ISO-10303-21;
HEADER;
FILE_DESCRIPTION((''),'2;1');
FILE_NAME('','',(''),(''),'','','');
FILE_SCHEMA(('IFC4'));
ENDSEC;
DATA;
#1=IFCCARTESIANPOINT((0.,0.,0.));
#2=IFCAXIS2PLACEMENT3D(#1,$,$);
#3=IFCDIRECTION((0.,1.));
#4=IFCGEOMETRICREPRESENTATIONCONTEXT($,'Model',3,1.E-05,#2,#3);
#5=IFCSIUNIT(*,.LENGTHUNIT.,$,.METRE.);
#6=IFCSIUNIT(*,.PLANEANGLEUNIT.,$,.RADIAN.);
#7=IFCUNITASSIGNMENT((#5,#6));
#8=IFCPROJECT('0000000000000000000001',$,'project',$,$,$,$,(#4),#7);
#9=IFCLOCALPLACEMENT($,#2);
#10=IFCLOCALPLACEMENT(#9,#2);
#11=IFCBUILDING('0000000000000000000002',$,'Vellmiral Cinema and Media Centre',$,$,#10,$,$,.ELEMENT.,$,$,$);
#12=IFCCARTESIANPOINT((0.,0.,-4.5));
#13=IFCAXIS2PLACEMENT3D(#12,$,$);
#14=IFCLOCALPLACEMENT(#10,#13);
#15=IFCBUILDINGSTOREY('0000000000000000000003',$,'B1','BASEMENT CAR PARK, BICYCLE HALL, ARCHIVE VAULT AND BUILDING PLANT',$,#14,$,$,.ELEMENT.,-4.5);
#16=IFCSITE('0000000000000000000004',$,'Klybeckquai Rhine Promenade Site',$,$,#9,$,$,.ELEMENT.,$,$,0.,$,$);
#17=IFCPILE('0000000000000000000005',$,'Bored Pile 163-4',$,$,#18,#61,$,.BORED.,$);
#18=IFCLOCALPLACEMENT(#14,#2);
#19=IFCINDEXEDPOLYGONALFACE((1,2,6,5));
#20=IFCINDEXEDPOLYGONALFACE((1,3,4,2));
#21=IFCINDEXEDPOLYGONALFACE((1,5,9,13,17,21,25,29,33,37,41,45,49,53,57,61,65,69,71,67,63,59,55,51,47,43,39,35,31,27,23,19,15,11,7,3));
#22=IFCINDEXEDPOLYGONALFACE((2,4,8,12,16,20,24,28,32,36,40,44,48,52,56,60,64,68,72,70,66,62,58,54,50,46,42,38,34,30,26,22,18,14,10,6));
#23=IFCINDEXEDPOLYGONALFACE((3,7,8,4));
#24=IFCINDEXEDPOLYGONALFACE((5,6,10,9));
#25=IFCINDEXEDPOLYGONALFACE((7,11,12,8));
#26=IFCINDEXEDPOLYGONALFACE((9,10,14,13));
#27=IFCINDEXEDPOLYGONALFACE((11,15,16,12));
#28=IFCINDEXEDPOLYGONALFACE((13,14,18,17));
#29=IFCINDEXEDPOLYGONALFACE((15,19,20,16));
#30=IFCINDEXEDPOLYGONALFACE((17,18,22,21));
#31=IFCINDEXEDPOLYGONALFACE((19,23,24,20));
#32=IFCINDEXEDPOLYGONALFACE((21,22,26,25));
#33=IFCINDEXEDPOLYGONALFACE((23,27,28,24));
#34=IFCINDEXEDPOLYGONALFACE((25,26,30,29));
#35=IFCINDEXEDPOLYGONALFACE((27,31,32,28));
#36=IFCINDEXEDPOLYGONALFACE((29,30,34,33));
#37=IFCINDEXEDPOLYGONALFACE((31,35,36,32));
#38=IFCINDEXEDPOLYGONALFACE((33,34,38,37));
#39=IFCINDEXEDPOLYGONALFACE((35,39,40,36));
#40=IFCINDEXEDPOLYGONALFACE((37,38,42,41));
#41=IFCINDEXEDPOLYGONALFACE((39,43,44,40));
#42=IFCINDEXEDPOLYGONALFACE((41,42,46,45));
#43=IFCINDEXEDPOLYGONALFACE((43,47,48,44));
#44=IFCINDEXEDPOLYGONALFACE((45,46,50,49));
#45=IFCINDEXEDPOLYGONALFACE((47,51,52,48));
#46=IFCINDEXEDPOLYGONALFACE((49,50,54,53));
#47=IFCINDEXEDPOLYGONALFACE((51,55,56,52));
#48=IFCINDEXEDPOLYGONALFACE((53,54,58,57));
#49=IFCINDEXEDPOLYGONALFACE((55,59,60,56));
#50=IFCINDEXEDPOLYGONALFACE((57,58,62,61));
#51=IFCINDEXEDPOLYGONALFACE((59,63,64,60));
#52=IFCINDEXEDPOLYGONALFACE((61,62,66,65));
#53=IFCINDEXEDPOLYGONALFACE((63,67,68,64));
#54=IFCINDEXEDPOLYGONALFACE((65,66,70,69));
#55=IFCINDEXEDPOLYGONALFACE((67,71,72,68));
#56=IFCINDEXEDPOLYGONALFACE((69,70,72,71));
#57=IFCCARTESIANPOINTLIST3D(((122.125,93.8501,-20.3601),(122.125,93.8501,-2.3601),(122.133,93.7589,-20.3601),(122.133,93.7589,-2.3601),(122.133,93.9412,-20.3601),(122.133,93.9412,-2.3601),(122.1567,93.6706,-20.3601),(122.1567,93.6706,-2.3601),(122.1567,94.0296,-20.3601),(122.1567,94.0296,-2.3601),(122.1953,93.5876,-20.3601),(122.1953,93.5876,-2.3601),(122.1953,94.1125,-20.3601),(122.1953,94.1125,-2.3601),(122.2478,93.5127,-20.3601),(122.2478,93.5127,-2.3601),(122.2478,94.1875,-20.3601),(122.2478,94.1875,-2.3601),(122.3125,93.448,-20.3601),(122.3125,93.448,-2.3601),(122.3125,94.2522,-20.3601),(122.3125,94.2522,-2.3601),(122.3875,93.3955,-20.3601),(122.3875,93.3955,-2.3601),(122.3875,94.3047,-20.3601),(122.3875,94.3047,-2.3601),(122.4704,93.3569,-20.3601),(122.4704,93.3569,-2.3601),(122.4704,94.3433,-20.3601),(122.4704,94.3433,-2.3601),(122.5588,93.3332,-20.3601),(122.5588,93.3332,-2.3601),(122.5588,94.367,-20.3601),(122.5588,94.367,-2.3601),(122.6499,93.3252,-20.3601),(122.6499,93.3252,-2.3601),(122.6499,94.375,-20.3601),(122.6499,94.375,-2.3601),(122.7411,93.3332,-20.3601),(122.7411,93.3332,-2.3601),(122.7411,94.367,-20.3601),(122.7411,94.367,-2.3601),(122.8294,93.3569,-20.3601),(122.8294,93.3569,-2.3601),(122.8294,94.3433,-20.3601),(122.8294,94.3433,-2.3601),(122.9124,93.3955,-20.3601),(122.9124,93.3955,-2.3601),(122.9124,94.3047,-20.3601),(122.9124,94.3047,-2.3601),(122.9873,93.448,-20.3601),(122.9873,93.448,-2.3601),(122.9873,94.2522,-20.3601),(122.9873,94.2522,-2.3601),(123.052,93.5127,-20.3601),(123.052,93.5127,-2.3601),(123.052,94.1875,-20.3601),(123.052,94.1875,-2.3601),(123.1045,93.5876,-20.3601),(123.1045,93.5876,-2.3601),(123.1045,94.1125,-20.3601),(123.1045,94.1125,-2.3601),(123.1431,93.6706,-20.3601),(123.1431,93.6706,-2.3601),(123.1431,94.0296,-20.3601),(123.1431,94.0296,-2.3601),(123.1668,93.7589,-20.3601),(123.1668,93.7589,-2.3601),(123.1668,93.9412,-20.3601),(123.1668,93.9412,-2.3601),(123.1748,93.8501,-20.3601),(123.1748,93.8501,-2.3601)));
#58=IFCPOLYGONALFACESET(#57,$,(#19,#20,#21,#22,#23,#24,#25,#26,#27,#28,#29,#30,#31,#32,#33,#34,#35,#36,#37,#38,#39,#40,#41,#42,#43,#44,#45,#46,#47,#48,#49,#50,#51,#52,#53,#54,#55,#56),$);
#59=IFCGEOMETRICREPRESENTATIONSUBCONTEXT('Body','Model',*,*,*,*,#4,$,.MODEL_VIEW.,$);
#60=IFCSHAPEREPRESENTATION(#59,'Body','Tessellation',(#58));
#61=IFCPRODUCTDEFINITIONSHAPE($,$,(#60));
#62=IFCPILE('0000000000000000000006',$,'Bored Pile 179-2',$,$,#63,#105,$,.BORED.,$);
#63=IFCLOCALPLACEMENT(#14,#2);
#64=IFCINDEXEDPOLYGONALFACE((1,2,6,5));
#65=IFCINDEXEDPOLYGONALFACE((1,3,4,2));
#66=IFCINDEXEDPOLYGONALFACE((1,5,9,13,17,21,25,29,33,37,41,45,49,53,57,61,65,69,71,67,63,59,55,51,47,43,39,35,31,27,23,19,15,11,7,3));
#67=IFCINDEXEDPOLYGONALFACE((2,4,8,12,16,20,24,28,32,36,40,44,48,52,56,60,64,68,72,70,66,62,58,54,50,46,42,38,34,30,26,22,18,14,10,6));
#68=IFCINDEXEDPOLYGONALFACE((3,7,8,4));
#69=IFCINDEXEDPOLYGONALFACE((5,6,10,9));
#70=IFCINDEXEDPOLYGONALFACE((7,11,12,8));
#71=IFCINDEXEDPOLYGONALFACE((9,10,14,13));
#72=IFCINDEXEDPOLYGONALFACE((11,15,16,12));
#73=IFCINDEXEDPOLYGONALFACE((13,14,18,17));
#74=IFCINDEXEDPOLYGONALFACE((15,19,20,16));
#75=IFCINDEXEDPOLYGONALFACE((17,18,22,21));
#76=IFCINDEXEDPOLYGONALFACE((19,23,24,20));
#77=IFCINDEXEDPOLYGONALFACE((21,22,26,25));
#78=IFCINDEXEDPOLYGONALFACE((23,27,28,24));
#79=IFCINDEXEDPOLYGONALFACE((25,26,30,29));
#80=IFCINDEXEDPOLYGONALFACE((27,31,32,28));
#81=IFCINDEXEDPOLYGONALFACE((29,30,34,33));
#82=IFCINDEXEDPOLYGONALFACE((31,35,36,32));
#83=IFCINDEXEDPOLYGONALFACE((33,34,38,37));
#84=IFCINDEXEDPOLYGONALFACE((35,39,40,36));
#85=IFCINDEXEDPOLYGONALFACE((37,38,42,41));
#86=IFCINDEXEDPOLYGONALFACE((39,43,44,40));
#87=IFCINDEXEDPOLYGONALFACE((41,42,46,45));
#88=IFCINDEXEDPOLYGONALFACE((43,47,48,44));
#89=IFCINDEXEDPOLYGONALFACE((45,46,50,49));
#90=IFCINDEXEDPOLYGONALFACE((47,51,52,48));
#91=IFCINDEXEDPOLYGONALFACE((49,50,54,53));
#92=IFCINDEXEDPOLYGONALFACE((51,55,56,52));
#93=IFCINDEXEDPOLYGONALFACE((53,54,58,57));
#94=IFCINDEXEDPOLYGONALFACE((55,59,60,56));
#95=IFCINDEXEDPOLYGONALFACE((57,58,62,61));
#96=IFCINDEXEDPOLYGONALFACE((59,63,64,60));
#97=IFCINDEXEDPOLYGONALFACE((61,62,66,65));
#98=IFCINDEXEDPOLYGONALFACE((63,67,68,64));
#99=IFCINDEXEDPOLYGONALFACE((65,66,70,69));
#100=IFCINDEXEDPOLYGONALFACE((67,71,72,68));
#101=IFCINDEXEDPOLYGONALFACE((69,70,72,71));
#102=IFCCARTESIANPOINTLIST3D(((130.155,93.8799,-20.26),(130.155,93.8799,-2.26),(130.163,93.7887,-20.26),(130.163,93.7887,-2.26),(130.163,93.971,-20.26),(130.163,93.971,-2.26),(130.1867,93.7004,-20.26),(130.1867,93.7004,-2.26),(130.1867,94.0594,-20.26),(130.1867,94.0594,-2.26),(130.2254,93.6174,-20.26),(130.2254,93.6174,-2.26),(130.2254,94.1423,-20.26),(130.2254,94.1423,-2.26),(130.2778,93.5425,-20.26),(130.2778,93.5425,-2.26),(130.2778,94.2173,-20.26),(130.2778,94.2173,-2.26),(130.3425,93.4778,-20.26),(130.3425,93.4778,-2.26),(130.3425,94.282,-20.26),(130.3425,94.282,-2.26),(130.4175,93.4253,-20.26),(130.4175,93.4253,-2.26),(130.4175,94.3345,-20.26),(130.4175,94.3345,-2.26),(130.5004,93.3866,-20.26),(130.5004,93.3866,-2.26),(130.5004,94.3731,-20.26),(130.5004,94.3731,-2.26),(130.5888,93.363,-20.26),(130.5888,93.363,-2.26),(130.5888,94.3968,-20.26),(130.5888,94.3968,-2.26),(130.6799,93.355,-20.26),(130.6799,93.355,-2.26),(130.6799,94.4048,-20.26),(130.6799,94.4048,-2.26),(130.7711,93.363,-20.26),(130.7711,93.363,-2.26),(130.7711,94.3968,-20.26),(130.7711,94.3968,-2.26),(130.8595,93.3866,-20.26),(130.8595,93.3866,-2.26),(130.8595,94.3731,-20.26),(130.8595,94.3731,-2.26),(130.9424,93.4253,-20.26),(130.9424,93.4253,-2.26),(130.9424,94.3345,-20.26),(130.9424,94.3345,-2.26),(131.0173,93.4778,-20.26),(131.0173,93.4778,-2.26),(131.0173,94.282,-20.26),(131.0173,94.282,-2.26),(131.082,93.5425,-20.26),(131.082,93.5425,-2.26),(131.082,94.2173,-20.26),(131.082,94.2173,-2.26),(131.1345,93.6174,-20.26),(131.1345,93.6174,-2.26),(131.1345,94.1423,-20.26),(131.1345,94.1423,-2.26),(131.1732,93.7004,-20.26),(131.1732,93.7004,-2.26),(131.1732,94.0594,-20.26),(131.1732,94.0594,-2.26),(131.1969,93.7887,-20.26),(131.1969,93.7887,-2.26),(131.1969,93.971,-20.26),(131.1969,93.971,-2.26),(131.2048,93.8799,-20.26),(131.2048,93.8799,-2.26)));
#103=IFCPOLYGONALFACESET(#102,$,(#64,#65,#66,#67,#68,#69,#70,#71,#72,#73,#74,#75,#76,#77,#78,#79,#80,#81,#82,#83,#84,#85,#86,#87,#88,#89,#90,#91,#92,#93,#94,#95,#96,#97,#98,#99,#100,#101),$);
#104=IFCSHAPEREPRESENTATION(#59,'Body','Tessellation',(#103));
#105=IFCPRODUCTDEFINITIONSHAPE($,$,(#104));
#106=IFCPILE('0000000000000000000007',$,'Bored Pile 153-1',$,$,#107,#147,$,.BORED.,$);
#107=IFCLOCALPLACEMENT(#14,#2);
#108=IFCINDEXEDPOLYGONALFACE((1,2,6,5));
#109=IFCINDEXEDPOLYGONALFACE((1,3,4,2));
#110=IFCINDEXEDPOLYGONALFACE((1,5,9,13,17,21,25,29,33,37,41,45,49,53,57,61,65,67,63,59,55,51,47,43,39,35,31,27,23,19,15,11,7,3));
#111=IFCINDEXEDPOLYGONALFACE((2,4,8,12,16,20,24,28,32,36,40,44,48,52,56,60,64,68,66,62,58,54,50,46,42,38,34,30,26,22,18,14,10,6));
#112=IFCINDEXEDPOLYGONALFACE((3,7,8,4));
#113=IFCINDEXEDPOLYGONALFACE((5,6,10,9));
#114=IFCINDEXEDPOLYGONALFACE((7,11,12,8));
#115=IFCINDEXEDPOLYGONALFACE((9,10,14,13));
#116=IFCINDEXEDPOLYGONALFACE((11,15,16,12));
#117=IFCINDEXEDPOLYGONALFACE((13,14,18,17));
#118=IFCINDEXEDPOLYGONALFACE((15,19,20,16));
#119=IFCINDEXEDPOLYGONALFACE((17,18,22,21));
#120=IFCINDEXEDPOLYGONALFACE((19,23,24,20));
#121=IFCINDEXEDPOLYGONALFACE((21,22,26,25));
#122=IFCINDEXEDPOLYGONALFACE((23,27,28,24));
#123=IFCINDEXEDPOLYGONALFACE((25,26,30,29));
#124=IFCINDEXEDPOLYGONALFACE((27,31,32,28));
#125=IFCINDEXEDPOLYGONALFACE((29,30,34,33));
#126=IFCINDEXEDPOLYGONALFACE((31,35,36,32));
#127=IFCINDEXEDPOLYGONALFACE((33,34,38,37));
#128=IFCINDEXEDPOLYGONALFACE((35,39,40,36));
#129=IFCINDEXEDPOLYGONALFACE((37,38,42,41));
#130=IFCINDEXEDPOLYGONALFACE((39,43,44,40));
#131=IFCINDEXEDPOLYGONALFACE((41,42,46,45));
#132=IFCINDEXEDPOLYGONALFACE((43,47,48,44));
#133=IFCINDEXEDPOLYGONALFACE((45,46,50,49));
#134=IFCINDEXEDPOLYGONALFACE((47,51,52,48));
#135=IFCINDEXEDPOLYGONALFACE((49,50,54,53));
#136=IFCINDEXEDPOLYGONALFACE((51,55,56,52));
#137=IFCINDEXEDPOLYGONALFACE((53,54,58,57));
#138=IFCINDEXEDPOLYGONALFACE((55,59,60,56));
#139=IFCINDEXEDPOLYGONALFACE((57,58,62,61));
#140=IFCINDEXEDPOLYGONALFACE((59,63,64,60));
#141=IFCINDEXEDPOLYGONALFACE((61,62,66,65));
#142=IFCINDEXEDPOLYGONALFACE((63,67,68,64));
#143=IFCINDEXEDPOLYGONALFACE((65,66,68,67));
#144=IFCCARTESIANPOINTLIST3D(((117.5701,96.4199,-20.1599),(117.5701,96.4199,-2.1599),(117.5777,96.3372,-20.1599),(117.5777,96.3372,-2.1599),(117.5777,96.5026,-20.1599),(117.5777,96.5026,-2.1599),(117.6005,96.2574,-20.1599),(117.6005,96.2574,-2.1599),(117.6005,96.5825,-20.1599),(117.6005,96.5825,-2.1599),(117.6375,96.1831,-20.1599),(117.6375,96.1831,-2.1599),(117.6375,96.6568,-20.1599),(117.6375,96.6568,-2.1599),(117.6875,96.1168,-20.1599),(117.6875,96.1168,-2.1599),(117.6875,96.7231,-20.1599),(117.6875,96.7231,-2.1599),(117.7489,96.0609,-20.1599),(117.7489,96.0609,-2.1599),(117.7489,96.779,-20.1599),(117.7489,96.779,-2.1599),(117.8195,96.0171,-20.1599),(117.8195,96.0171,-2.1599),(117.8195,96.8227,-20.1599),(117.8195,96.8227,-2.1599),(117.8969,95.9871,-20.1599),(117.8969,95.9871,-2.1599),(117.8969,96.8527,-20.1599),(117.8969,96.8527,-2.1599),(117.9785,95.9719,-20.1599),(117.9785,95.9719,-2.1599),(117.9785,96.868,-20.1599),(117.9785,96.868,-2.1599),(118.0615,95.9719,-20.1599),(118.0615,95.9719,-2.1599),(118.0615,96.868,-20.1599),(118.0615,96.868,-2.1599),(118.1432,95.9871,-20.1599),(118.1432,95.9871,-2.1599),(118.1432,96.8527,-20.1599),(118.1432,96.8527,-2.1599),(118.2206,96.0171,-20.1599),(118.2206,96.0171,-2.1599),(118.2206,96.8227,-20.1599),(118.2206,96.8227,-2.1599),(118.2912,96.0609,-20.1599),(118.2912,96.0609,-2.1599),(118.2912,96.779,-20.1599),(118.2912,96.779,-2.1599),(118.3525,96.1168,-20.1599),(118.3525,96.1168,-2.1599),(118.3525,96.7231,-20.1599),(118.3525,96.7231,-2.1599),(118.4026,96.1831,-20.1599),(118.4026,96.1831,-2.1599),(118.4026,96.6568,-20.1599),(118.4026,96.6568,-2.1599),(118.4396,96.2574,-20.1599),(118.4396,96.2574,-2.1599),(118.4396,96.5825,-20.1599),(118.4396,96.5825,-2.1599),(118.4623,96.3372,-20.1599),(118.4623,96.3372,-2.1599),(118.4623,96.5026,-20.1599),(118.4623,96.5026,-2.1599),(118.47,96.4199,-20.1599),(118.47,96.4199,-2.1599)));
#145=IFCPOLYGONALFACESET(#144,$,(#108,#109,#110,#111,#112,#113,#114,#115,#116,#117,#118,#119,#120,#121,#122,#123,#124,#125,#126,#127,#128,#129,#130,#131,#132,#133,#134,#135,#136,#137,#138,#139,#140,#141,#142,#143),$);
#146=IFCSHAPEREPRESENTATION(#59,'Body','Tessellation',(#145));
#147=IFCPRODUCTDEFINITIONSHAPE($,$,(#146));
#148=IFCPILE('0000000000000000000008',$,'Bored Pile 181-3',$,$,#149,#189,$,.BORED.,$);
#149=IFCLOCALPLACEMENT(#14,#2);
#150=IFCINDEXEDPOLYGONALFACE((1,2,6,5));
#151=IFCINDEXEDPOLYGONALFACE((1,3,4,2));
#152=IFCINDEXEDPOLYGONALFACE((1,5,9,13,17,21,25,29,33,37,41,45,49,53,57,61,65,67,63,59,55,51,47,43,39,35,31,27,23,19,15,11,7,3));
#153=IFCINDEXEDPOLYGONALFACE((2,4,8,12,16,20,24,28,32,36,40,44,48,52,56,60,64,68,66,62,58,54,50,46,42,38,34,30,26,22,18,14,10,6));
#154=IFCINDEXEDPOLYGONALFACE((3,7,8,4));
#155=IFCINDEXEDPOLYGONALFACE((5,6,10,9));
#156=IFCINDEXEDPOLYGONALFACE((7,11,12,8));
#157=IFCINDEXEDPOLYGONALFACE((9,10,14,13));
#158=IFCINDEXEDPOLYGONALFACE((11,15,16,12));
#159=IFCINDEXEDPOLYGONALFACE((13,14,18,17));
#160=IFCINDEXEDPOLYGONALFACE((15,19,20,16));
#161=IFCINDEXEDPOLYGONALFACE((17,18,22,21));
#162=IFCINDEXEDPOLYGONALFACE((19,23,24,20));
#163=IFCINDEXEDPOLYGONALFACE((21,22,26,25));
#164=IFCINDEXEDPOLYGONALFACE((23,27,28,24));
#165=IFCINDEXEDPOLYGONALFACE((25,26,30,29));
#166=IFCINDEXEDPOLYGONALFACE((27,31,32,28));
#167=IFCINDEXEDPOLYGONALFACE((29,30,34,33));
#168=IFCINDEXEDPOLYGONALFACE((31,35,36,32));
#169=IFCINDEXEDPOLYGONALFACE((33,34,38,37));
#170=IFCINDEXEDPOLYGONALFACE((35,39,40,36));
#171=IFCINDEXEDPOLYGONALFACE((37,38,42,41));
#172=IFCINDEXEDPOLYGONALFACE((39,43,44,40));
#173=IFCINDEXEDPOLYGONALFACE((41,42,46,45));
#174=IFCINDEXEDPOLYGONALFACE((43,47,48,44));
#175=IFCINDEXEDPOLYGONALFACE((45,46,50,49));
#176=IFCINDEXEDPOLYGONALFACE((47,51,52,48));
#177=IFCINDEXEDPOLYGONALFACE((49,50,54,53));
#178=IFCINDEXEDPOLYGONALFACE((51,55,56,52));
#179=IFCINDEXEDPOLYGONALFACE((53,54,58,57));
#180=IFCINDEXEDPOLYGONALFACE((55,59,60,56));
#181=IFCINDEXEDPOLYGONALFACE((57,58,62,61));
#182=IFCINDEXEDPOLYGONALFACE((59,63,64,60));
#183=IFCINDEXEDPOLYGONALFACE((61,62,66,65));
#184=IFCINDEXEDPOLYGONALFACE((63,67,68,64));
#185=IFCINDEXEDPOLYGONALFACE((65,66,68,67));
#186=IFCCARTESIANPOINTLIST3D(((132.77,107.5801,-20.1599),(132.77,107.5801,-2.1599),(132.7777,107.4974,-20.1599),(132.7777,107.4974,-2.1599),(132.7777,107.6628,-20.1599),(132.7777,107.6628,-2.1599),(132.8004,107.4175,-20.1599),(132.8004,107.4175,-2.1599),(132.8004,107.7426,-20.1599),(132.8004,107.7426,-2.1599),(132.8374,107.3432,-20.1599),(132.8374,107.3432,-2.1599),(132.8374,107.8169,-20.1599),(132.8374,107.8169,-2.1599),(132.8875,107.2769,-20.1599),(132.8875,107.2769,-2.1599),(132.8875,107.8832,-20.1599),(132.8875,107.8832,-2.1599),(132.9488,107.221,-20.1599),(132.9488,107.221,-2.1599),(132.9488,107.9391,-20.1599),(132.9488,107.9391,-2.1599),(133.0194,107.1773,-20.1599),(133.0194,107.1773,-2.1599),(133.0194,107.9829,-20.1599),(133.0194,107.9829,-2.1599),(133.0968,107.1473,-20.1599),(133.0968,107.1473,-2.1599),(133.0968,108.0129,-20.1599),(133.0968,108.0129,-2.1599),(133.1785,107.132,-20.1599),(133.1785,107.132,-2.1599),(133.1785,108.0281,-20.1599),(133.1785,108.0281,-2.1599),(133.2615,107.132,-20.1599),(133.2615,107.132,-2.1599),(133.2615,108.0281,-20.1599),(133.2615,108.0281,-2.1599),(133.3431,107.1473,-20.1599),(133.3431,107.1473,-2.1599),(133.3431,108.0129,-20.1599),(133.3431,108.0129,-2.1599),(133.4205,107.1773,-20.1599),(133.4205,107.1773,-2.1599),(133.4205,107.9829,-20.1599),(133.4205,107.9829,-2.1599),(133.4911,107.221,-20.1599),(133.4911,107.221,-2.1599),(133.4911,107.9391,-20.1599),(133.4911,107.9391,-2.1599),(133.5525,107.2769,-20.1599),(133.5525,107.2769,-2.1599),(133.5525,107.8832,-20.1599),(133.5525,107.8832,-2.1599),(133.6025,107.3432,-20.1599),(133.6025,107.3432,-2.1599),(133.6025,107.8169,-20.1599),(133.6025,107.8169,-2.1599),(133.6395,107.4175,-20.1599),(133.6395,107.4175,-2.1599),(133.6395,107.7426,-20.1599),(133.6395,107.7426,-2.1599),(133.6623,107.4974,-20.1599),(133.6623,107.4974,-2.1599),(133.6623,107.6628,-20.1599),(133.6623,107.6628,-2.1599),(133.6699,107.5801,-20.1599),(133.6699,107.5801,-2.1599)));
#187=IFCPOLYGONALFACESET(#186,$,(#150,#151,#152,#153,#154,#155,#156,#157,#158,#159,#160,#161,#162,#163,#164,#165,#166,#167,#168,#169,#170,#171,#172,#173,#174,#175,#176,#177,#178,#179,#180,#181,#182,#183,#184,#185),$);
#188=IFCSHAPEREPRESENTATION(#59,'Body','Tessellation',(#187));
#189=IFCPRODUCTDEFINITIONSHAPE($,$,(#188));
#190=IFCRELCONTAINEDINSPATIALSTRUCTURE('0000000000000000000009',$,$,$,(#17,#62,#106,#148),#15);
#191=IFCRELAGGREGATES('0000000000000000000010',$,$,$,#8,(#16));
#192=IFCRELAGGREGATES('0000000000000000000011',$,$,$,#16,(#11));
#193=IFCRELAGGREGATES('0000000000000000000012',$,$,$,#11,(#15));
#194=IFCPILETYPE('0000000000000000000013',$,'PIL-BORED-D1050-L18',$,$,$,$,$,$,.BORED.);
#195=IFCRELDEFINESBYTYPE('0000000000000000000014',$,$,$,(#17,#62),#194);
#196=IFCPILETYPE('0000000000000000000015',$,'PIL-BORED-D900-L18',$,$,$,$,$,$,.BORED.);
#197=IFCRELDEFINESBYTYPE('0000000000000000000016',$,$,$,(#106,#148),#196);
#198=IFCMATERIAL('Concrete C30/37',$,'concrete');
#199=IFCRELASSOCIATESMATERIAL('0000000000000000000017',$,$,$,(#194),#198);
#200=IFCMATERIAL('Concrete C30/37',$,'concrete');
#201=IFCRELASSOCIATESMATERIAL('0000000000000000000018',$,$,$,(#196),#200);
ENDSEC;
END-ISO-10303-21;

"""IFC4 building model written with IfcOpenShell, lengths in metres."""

from ifc_helpers import new_model, si_unit, direction, frame, origin, origin_2d, place, context, subcontext, project, spatial, circle, extrude, material, material_profile, profile_set, type_object, element, save


model = new_model("IFC4")

# Units and contexts
model_context = context("Model", 3, precision=1e-05, world=origin(), true_north=direction((0.0, 1.0)))
body_context = subcontext(model_context, "Body", "Model", "MODEL_VIEW")
ifc_project = project(units=[si_unit("LENGTHUNIT", "METRE"), si_unit("PLANEANGLEUNIT", "RADIAN")], contexts=[model_context])

# Site, building, storey
site_placement = place(None, origin())
site = spatial("IfcSite", under=ifc_project, at=site_placement, Name="Klybeckquai Rhine Promenade Site", CompositionType="ELEMENT", RefElevation=0.0)
building_placement = place(site_placement, origin())
building = spatial("IfcBuilding", under=site, at=building_placement, Name="Vellmiral Cinema and Media Centre", CompositionType="ELEMENT")
storey_placement = place(building_placement, frame((0.0, 0.0, -4.5)))
storey = spatial("IfcBuildingStorey", under=building, at=storey_placement, Name="B1", Description="BASEMENT CAR PARK, BICYCLE HALL, ARCHIVE VAULT AND BUILDING PLANT", CompositionType="ELEMENT", Elevation=-4.5)

# Piles
ifc_material_1 = material(Name="Concrete C30/37", Category="concrete")
ifc_material_profile_1 = material_profile(ifc_material_1, circle(Radius=0.5249, at=origin_2d()), Name="PILE D1050")
ifc_profile_set_1 = profile_set([ifc_material_profile_1], Name="Concrete C30/37")
pile_type_1 = type_object("IfcPileType", Name="PIL-BORED-D1050-L18", PredefinedType="BORED", material=ifc_profile_set_1)
for number, where, z_axis, x_axis, name in (
    (1, (122.6499, 93.8501, -2.3601), (0.0, 0.0, -1.0), (1.0, 0.0, 0.0), "Bored Pile 163-4"),
    (2, (130.6799, 93.8799, -2.26), (0.0, 0.0, -1.0), (1.0, 0.0, 0.0), "Bored Pile 179-2"),
):
    element("IfcPile", number, at=place(storey_placement, frame(where, z_axis=z_axis, x_axis=x_axis)), inside=storey, type_object=pile_type_1, Name=name, PredefinedType="BORED", context=body_context, shape_type="SweptSolid", body=[
        extrude(circle(Radius=0.5249, at=origin_2d()), origin(), (0.0, 0.0, 1.0), 18.0),
    ])
ifc_material_2 = material(Name="Concrete C30/37", Category="concrete")
ifc_material_profile_2 = material_profile(ifc_material_2, circle(Radius=0.45, at=origin_2d()), Name="PILE D900")
ifc_profile_set_2 = profile_set([ifc_material_profile_2], Name="Concrete C30/37")
pile_type_2 = type_object("IfcPileType", Name="PIL-BORED-D900-L18", PredefinedType="BORED", material=ifc_profile_set_2)
for number, where, z_axis, x_axis, name in (
    (3, (118.02, 96.4199, -2.1599), (0.0, 0.0, -1.0), (1.0, 0.0, 0.0), "Bored Pile 153-1"),
    (4, (133.22, 107.5801, -2.1599), (0.0, 0.0, -1.0), (1.0, 0.0, 0.0), "Bored Pile 181-3"),
):
    element("IfcPile", number, at=place(storey_placement, frame(where, z_axis=z_axis, x_axis=x_axis)), inside=storey, type_object=pile_type_2, Name=name, PredefinedType="BORED", context=body_context, shape_type="SweptSolid", body=[
        extrude(circle(Radius=0.45, at=origin_2d()), origin(), (0.0, 0.0, 1.0), 18.0),
    ])

save(model, "model.ifc")
